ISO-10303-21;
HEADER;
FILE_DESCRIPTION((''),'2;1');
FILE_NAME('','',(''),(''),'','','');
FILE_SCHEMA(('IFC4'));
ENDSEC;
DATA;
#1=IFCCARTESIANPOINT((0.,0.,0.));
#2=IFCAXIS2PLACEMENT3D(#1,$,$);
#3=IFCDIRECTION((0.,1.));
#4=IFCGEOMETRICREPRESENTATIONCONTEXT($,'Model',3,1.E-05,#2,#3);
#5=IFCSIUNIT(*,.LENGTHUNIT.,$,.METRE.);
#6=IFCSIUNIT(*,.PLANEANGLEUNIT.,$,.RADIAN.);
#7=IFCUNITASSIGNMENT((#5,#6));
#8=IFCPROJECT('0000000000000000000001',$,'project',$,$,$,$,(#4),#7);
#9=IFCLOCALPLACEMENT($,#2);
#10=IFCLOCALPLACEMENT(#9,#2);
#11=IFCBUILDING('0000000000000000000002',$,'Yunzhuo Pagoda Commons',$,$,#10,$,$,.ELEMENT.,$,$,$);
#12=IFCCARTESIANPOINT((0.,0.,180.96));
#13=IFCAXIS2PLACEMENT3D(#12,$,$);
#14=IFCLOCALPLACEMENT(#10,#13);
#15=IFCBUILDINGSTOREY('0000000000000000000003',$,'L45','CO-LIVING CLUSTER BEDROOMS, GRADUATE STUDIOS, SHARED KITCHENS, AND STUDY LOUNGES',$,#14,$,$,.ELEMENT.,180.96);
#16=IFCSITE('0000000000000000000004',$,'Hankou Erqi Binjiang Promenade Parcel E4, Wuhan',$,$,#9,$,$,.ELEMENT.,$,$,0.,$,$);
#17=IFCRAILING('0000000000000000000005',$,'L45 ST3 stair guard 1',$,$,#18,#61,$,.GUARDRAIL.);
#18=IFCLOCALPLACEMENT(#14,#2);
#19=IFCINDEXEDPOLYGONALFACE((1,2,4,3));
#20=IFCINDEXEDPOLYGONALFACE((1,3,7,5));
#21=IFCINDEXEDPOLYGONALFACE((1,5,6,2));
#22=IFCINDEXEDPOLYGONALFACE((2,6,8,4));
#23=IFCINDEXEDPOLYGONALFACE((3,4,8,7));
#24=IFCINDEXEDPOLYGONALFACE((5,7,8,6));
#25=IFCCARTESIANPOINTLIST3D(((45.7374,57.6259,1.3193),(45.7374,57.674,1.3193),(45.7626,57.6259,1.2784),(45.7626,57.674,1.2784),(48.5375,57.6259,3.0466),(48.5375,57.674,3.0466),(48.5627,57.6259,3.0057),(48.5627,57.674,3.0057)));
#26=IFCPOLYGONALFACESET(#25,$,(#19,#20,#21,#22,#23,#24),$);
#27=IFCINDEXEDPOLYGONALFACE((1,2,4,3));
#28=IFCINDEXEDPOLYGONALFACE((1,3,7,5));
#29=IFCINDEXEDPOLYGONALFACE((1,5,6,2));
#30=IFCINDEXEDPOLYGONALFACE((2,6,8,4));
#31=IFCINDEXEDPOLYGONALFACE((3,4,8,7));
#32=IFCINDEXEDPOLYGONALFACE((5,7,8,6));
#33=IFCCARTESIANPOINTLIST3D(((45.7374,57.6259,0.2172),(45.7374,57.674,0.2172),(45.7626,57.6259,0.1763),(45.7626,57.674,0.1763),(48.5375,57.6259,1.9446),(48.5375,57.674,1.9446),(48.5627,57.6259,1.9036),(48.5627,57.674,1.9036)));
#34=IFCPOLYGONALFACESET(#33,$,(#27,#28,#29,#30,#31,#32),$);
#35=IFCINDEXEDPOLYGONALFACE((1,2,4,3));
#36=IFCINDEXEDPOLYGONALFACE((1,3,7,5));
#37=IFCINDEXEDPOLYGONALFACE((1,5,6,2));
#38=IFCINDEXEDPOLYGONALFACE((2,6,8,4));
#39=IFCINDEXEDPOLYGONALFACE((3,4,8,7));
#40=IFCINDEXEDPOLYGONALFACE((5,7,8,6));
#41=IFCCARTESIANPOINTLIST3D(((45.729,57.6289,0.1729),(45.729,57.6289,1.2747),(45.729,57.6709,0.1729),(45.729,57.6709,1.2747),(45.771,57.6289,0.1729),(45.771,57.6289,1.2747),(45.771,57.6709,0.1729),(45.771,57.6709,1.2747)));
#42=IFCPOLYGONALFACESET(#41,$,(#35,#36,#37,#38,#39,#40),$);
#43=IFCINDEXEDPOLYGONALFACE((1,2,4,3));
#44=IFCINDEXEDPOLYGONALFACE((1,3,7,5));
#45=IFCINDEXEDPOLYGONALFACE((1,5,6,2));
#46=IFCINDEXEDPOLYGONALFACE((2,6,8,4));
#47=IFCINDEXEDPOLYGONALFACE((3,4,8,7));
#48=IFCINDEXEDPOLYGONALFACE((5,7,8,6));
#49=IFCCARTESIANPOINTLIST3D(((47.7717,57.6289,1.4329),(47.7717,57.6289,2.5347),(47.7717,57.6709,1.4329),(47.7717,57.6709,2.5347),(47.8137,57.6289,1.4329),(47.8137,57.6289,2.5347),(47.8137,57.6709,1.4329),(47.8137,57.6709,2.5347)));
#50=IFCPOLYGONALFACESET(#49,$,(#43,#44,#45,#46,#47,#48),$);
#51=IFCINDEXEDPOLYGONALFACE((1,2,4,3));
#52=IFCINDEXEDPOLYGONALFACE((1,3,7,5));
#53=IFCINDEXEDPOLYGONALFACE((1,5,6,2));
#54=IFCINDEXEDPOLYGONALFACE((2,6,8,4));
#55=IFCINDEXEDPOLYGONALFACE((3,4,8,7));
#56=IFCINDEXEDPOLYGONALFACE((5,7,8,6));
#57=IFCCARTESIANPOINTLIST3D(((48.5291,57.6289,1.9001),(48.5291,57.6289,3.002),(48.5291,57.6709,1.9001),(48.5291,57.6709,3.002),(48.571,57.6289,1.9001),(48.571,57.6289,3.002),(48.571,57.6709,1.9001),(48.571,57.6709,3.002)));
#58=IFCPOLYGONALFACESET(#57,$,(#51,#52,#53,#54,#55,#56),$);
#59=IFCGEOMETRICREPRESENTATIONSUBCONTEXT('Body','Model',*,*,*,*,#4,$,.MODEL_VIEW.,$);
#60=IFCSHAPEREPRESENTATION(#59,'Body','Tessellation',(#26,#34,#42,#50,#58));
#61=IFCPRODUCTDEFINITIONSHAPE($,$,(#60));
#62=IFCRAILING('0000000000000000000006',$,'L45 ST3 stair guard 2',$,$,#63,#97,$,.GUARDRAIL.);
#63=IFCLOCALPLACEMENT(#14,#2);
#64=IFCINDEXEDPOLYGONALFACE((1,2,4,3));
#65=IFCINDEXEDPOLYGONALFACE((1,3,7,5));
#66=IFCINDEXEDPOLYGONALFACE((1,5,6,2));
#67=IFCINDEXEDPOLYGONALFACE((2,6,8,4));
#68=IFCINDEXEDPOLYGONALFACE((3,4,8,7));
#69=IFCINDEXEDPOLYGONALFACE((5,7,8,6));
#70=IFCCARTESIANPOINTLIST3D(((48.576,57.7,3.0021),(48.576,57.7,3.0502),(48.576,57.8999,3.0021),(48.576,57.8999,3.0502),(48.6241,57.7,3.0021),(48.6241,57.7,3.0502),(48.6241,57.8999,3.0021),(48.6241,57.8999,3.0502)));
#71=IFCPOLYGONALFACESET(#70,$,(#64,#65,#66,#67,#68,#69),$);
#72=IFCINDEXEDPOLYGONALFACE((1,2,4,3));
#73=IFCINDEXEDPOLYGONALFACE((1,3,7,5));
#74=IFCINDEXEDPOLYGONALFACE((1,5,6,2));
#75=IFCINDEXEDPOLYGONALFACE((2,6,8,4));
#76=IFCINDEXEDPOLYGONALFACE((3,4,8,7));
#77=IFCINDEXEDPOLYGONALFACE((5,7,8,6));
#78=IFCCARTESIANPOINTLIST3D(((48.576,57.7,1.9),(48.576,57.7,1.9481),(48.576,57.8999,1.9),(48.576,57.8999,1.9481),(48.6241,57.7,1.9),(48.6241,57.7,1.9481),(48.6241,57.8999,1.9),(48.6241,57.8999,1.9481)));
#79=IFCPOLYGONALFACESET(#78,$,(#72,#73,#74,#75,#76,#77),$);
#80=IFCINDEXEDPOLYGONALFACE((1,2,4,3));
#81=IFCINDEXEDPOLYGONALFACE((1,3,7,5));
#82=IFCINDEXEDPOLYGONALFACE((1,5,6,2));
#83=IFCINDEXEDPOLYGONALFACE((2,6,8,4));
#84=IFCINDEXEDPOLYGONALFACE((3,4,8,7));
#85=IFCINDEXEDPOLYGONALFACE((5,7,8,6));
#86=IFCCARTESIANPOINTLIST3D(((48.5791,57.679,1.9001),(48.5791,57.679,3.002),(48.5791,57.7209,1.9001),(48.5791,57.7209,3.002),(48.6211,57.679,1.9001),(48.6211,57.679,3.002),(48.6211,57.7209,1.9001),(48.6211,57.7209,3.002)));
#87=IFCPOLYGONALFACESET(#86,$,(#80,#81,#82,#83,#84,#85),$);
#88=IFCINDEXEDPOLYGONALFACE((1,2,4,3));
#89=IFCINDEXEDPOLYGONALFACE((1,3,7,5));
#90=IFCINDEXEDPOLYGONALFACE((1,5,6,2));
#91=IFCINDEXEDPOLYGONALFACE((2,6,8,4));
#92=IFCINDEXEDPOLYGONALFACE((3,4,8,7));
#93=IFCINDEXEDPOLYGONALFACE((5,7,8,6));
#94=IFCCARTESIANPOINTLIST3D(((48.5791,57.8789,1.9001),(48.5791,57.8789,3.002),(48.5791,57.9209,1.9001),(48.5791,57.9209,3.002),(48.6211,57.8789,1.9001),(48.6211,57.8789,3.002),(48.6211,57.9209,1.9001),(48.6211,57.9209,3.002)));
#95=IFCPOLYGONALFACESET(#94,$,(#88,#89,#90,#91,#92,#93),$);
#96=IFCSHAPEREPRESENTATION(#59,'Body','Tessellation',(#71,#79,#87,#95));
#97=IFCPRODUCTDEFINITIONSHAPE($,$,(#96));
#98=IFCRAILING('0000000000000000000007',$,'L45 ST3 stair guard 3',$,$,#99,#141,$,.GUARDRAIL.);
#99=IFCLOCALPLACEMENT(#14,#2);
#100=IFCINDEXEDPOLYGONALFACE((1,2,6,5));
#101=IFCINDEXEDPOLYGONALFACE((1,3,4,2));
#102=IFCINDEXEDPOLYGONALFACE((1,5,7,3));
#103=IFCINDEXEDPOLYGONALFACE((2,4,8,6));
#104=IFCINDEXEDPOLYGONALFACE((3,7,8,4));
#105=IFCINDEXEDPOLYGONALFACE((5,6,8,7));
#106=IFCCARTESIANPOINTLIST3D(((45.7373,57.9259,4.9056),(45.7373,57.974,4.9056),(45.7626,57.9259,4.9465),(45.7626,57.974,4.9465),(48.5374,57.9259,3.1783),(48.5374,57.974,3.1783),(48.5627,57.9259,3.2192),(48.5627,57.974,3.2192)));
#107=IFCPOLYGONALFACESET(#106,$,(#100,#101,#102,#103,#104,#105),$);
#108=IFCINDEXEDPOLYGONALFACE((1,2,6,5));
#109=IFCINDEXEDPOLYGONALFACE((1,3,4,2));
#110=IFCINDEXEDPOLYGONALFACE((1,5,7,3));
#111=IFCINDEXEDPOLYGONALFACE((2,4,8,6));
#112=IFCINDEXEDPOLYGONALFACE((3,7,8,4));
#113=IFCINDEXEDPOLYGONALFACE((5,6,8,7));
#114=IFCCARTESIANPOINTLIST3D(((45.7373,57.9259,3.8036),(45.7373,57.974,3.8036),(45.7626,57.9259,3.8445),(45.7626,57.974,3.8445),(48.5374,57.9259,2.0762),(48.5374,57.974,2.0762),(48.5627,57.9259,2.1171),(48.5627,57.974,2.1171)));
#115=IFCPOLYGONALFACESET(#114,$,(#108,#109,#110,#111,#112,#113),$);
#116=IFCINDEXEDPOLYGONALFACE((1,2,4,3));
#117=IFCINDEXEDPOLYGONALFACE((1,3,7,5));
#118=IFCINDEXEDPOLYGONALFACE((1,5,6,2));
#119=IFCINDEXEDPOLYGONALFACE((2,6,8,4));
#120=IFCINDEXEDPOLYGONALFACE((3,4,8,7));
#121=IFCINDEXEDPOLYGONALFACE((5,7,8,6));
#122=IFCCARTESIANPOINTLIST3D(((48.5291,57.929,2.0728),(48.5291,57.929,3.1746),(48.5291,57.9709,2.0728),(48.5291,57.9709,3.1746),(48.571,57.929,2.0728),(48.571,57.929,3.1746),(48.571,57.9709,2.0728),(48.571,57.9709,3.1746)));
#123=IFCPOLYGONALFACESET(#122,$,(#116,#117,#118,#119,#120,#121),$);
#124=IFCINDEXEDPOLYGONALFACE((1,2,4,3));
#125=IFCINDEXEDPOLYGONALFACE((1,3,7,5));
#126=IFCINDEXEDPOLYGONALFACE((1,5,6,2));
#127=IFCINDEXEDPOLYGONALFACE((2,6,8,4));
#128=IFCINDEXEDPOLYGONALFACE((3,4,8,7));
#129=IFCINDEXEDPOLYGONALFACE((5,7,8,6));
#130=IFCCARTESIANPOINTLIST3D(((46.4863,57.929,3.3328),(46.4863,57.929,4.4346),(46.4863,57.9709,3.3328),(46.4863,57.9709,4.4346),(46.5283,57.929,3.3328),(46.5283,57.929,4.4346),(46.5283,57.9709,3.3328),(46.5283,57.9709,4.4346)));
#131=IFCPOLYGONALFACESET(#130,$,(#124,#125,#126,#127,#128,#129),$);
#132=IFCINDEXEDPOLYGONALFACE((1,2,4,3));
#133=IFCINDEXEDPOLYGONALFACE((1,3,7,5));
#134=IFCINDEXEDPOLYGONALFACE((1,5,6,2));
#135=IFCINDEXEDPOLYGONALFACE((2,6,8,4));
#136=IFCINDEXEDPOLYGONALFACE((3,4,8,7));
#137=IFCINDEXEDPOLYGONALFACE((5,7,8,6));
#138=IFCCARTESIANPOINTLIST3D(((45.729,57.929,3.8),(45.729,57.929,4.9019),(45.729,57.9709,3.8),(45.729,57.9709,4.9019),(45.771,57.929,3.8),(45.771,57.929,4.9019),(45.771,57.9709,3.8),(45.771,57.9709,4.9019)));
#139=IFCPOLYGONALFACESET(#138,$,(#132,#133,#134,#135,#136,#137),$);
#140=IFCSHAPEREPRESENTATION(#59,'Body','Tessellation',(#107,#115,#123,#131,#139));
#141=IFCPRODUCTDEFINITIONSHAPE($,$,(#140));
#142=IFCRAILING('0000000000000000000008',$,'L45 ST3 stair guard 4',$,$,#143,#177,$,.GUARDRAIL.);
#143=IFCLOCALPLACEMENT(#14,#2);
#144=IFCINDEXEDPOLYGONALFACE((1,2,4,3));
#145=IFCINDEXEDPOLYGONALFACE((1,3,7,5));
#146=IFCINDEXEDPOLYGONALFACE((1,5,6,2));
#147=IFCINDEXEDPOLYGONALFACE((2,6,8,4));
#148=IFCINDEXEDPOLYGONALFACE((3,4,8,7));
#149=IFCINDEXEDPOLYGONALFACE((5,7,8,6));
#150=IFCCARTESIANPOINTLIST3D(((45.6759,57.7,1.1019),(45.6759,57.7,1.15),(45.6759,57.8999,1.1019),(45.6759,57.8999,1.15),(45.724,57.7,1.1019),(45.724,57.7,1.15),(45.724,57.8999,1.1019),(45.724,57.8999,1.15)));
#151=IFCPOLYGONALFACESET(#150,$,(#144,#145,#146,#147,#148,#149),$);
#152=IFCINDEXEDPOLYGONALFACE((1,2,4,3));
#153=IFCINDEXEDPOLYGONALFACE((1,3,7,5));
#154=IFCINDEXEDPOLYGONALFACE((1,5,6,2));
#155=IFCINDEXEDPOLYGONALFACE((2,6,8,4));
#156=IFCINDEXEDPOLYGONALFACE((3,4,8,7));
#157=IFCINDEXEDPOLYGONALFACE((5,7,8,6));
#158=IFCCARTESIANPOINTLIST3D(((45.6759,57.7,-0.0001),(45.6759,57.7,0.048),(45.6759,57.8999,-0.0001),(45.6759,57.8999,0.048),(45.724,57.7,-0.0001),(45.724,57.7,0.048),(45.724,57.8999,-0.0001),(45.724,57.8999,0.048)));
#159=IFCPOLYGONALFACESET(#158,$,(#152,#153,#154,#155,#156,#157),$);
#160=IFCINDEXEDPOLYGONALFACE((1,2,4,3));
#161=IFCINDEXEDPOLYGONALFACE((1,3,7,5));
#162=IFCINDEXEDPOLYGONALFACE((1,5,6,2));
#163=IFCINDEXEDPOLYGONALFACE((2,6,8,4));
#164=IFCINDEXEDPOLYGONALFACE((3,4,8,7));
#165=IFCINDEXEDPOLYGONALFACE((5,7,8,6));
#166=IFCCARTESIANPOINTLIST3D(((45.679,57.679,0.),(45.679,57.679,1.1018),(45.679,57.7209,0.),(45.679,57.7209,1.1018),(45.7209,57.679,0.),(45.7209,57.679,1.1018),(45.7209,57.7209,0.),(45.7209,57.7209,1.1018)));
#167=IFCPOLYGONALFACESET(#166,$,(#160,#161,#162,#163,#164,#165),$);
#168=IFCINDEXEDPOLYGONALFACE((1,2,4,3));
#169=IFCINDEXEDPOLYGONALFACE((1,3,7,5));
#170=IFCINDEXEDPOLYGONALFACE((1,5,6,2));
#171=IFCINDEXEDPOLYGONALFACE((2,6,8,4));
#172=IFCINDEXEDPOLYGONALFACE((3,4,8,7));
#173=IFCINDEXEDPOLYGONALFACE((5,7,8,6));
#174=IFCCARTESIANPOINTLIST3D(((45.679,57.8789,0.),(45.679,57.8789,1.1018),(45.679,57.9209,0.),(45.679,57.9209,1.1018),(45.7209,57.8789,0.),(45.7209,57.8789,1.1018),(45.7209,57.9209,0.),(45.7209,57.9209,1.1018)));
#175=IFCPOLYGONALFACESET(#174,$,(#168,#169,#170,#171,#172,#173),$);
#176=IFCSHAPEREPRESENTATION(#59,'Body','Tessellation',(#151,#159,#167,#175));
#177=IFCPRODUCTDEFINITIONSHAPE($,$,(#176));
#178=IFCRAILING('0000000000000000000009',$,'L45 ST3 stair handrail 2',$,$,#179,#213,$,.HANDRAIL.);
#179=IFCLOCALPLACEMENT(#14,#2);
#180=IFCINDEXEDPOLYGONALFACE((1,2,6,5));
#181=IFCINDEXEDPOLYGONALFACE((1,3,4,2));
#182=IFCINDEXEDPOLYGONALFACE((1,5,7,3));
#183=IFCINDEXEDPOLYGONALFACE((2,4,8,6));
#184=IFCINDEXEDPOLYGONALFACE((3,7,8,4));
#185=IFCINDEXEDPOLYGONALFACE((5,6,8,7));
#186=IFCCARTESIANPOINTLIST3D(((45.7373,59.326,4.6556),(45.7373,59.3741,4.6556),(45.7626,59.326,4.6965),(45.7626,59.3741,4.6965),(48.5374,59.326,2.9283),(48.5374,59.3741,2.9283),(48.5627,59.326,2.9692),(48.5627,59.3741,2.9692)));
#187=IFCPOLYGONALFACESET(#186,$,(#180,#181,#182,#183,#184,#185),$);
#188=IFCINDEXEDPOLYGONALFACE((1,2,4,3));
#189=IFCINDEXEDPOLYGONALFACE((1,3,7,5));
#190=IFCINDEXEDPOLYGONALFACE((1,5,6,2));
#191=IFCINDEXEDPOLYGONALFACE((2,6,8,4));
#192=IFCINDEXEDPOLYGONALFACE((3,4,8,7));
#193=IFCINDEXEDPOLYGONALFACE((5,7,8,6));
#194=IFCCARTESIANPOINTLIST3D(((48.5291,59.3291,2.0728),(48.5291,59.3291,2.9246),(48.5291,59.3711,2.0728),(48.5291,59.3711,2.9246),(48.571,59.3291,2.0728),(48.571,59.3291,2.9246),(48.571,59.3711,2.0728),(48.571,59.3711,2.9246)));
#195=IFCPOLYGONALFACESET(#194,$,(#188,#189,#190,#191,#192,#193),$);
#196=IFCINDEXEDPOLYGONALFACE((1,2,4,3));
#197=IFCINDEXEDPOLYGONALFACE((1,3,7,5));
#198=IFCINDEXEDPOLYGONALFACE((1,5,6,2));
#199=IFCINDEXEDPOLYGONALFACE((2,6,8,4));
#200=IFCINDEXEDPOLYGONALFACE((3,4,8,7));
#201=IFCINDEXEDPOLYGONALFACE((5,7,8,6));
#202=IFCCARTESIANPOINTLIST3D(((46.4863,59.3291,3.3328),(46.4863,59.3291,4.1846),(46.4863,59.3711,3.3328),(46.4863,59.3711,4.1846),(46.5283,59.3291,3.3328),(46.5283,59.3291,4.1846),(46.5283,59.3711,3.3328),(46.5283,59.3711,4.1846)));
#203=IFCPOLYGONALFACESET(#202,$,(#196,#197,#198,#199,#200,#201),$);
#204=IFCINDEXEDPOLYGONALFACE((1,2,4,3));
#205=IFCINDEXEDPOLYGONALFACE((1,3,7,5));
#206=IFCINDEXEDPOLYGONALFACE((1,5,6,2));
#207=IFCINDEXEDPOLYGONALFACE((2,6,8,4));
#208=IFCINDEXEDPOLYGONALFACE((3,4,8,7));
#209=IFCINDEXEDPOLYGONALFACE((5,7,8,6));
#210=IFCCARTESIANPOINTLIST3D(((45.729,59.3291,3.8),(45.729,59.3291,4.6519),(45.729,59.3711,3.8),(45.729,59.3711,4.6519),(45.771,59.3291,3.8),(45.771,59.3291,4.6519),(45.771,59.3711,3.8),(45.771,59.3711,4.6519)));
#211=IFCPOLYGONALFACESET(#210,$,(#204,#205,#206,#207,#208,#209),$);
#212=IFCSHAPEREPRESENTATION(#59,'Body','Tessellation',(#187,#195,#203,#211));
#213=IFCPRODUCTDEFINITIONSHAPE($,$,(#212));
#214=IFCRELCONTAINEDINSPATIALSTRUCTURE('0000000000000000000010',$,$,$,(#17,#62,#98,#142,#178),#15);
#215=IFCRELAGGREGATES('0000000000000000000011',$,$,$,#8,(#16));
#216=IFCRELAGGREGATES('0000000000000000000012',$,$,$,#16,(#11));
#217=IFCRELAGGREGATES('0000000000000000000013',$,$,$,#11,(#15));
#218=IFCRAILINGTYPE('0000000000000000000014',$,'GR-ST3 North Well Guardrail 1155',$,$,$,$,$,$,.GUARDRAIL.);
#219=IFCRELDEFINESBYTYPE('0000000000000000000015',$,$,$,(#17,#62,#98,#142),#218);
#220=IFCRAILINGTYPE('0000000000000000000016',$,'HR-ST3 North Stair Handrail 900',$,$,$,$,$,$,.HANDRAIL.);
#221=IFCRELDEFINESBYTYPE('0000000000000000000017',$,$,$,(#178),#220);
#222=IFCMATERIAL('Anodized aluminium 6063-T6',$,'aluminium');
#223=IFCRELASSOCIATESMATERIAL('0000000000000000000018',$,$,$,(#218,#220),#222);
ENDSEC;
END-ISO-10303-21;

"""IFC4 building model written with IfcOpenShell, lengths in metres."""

from ifc_helpers import new_model, si_unit, direction, frame, origin, origin_2d, place, context, subcontext, project, spatial, rectangle, extrude, material, type_object, element, save


model = new_model("IFC4")

# Units and contexts
model_context = context("Model", 3, precision=1e-05, world=origin(), true_north=direction((0.0, 1.0)))
body_context = subcontext(model_context, "Body", "Model", "MODEL_VIEW")
ifc_project = project(units=[si_unit("LENGTHUNIT", "METRE"), si_unit("PLANEANGLEUNIT", "RADIAN")], contexts=[model_context])

# Site, building, storey
site_placement = place(None, origin())
site = spatial("IfcSite", under=ifc_project, at=site_placement, Name="Hankou Erqi Binjiang Promenade Parcel E4, Wuhan", CompositionType="ELEMENT", RefElevation=0.0)
building_placement = place(site_placement, origin())
building = spatial("IfcBuilding", under=site, at=building_placement, Name="Yunzhuo Pagoda Commons", CompositionType="ELEMENT")
storey_placement = place(building_placement, frame((0.0, 0.0, 180.96)))
storey = spatial("IfcBuildingStorey", under=building, at=storey_placement, Name="L45", Description="CO-LIVING CLUSTER BEDROOMS, GRADUATE STUDIOS, SHARED KITCHENS, AND STUDY LOUNGES", CompositionType="ELEMENT", Elevation=180.96)

# Shared definitions
ifc_material_1 = material(Name="Anodized aluminium 6063-T6", Category="aluminium")

# Railings
railing_type_1 = type_object("IfcRailingType", Name="GR-ST3 North Well Guardrail 1155", PredefinedType="GUARDRAIL", material=ifc_material_1)
railing_1_placement = place(storey_placement, frame((45.75, 57.6499, 0.1729)))
element("IfcRailing", 1, at=railing_1_placement, inside=storey, type_object=railing_type_1, Name="L45 ST3 stair guard 1", PredefinedType="GUARDRAIL", context=body_context, shape_type="SweptSolid", body=[
    extrude(rectangle(XDim=0.0481, YDim=0.0481, at=origin_2d()), frame((0.0, 0.0, 1.126), z_axis=(0.85109, 0.0, 0.52502), x_axis=(0.0, 1.0, 0.0)), (0.0, 0.0, 1.0), 3.29),
    extrude(rectangle(XDim=0.0481, YDim=0.0481, at=origin_2d()), frame((0.0, 0.0, 0.0239), z_axis=(0.85109, 0.0, 0.52502), x_axis=(0.0, 1.0, 0.0)), (0.0, 0.0, 1.0), 3.29),
    extrude(rectangle(XDim=0.042, YDim=0.042, at=origin_2d()), origin(), (0.0, 0.0, 1.0), 1.1018),
    extrude(rectangle(XDim=0.042, YDim=0.042, at=origin_2d()), frame((2.0427, 0.0, 1.26)), (0.0, 0.0, 1.0), 1.1018),
    extrude(rectangle(XDim=0.042, YDim=0.042, at=origin_2d()), frame((2.8, 0.0, 1.7273)), (0.0, 0.0, 1.0), 1.1018),
])
railing_2_placement = place(storey_placement, frame((48.6001, 57.7, 1.9001)))
element("IfcRailing", 2, at=railing_2_placement, inside=storey, type_object=railing_type_1, Name="L45 ST3 stair guard 2", PredefinedType="GUARDRAIL", context=body_context, shape_type="SweptSolid", body=[
    extrude(rectangle(XDim=0.0481, YDim=0.0481, at=origin_2d()), frame((0.0, 0.0, 1.126), z_axis=(0.0, 1.0, 0.0), x_axis=(-1.0, 0.0, 0.0)), (0.0, 0.0, 1.0), 0.2),
    extrude(rectangle(XDim=0.0481, YDim=0.0481, at=origin_2d()), frame((0.0, 0.0, 0.0239), z_axis=(0.0, 1.0, 0.0), x_axis=(-1.0, 0.0, 0.0)), (0.0, 0.0, 1.0), 0.2),
    extrude(rectangle(XDim=0.042, YDim=0.042, at=origin_2d()), origin(), (0.0, 0.0, 1.0), 1.1018),
    extrude(rectangle(XDim=0.042, YDim=0.042, at=origin_2d()), frame((0.0, 0.2, 0.0)), (0.0, 0.0, 1.0), 1.1018),
])
railing_3_placement = place(storey_placement, frame((48.55, 57.95, 2.0728)))
element("IfcRailing", 3, at=railing_3_placement, inside=storey, type_object=railing_type_1, Name="L45 ST3 stair guard 3", PredefinedType="GUARDRAIL", context=body_context, shape_type="SweptSolid", body=[
    extrude(rectangle(XDim=0.0481, YDim=0.0481, at=origin_2d()), frame((0.0, 0.0, 1.126), z_axis=(-0.85109, 0.0, 0.52502), x_axis=(0.0, -1.0, 0.0)), (0.0, 0.0, 1.0), 3.29),
    extrude(rectangle(XDim=0.0481, YDim=0.0481, at=origin_2d()), frame((0.0, 0.0, 0.0239), z_axis=(-0.85109, 0.0, 0.52502), x_axis=(0.0, -1.0, 0.0)), (0.0, 0.0, 1.0), 3.29),
    extrude(rectangle(XDim=0.042, YDim=0.042, at=origin_2d()), origin(), (0.0, 0.0, 1.0), 1.1018),
    extrude(rectangle(XDim=0.042, YDim=0.042, at=origin_2d()), frame((-2.0427, 0.0, 1.26)), (0.0, 0.0, 1.0), 1.1018),
    extrude(rectangle(XDim=0.042, YDim=0.042, at=origin_2d()), frame((-2.8, 0.0, 1.7273)), (0.0, 0.0, 1.0), 1.1018),
])
railing_4_placement = place(storey_placement, frame((45.7, 57.7, 0.0)))
element("IfcRailing", 4, at=railing_4_placement, inside=storey, type_object=railing_type_1, Name="L45 ST3 stair guard 4", PredefinedType="GUARDRAIL", context=body_context, shape_type="SweptSolid", body=[
    extrude(rectangle(XDim=0.0481, YDim=0.0481, at=origin_2d()), frame((0.0, 0.0, 1.126), z_axis=(0.0, 1.0, 0.0), x_axis=(-1.0, 0.0, 0.0)), (0.0, 0.0, 1.0), 0.2),
    extrude(rectangle(XDim=0.0481, YDim=0.0481, at=origin_2d()), frame((0.0, 0.0, 0.0239), z_axis=(0.0, 1.0, 0.0), x_axis=(-1.0, 0.0, 0.0)), (0.0, 0.0, 1.0), 0.2),
    extrude(rectangle(XDim=0.042, YDim=0.042, at=origin_2d()), origin(), (0.0, 0.0, 1.0), 1.1018),
    extrude(rectangle(XDim=0.042, YDim=0.042, at=origin_2d()), frame((0.0, 0.2, 0.0)), (0.0, 0.0, 1.0), 1.1018),
])
railing_type_2 = type_object("IfcRailingType", Name="HR-ST3 North Stair Handrail 900", PredefinedType="HANDRAIL", material=ifc_material_1)
railing_5_placement = place(storey_placement, frame((48.55, 59.3501, 2.0728)))
element("IfcRailing", 5, at=railing_5_placement, inside=storey, type_object=railing_type_2, Name="L45 ST3 stair handrail 2", PredefinedType="HANDRAIL", context=body_context, shape_type="SweptSolid", body=[
    extrude(rectangle(XDim=0.0481, YDim=0.0481, at=origin_2d()), frame((0.0, 0.0, 0.876), z_axis=(-0.85109, 0.0, 0.52502), x_axis=(0.0, -1.0, 0.0)), (0.0, 0.0, 1.0), 3.29),
    extrude(rectangle(XDim=0.042, YDim=0.042, at=origin_2d()), origin(), (0.0, 0.0, 1.0), 0.8518),
    extrude(rectangle(XDim=0.042, YDim=0.042, at=origin_2d()), frame((-2.0427, 0.0, 1.26)), (0.0, 0.0, 1.0), 0.8518),
    extrude(rectangle(XDim=0.042, YDim=0.042, at=origin_2d()), frame((-2.8, 0.0, 1.7273)), (0.0, 0.0, 1.0), 0.8518),
])

save(model, "model.ifc")
